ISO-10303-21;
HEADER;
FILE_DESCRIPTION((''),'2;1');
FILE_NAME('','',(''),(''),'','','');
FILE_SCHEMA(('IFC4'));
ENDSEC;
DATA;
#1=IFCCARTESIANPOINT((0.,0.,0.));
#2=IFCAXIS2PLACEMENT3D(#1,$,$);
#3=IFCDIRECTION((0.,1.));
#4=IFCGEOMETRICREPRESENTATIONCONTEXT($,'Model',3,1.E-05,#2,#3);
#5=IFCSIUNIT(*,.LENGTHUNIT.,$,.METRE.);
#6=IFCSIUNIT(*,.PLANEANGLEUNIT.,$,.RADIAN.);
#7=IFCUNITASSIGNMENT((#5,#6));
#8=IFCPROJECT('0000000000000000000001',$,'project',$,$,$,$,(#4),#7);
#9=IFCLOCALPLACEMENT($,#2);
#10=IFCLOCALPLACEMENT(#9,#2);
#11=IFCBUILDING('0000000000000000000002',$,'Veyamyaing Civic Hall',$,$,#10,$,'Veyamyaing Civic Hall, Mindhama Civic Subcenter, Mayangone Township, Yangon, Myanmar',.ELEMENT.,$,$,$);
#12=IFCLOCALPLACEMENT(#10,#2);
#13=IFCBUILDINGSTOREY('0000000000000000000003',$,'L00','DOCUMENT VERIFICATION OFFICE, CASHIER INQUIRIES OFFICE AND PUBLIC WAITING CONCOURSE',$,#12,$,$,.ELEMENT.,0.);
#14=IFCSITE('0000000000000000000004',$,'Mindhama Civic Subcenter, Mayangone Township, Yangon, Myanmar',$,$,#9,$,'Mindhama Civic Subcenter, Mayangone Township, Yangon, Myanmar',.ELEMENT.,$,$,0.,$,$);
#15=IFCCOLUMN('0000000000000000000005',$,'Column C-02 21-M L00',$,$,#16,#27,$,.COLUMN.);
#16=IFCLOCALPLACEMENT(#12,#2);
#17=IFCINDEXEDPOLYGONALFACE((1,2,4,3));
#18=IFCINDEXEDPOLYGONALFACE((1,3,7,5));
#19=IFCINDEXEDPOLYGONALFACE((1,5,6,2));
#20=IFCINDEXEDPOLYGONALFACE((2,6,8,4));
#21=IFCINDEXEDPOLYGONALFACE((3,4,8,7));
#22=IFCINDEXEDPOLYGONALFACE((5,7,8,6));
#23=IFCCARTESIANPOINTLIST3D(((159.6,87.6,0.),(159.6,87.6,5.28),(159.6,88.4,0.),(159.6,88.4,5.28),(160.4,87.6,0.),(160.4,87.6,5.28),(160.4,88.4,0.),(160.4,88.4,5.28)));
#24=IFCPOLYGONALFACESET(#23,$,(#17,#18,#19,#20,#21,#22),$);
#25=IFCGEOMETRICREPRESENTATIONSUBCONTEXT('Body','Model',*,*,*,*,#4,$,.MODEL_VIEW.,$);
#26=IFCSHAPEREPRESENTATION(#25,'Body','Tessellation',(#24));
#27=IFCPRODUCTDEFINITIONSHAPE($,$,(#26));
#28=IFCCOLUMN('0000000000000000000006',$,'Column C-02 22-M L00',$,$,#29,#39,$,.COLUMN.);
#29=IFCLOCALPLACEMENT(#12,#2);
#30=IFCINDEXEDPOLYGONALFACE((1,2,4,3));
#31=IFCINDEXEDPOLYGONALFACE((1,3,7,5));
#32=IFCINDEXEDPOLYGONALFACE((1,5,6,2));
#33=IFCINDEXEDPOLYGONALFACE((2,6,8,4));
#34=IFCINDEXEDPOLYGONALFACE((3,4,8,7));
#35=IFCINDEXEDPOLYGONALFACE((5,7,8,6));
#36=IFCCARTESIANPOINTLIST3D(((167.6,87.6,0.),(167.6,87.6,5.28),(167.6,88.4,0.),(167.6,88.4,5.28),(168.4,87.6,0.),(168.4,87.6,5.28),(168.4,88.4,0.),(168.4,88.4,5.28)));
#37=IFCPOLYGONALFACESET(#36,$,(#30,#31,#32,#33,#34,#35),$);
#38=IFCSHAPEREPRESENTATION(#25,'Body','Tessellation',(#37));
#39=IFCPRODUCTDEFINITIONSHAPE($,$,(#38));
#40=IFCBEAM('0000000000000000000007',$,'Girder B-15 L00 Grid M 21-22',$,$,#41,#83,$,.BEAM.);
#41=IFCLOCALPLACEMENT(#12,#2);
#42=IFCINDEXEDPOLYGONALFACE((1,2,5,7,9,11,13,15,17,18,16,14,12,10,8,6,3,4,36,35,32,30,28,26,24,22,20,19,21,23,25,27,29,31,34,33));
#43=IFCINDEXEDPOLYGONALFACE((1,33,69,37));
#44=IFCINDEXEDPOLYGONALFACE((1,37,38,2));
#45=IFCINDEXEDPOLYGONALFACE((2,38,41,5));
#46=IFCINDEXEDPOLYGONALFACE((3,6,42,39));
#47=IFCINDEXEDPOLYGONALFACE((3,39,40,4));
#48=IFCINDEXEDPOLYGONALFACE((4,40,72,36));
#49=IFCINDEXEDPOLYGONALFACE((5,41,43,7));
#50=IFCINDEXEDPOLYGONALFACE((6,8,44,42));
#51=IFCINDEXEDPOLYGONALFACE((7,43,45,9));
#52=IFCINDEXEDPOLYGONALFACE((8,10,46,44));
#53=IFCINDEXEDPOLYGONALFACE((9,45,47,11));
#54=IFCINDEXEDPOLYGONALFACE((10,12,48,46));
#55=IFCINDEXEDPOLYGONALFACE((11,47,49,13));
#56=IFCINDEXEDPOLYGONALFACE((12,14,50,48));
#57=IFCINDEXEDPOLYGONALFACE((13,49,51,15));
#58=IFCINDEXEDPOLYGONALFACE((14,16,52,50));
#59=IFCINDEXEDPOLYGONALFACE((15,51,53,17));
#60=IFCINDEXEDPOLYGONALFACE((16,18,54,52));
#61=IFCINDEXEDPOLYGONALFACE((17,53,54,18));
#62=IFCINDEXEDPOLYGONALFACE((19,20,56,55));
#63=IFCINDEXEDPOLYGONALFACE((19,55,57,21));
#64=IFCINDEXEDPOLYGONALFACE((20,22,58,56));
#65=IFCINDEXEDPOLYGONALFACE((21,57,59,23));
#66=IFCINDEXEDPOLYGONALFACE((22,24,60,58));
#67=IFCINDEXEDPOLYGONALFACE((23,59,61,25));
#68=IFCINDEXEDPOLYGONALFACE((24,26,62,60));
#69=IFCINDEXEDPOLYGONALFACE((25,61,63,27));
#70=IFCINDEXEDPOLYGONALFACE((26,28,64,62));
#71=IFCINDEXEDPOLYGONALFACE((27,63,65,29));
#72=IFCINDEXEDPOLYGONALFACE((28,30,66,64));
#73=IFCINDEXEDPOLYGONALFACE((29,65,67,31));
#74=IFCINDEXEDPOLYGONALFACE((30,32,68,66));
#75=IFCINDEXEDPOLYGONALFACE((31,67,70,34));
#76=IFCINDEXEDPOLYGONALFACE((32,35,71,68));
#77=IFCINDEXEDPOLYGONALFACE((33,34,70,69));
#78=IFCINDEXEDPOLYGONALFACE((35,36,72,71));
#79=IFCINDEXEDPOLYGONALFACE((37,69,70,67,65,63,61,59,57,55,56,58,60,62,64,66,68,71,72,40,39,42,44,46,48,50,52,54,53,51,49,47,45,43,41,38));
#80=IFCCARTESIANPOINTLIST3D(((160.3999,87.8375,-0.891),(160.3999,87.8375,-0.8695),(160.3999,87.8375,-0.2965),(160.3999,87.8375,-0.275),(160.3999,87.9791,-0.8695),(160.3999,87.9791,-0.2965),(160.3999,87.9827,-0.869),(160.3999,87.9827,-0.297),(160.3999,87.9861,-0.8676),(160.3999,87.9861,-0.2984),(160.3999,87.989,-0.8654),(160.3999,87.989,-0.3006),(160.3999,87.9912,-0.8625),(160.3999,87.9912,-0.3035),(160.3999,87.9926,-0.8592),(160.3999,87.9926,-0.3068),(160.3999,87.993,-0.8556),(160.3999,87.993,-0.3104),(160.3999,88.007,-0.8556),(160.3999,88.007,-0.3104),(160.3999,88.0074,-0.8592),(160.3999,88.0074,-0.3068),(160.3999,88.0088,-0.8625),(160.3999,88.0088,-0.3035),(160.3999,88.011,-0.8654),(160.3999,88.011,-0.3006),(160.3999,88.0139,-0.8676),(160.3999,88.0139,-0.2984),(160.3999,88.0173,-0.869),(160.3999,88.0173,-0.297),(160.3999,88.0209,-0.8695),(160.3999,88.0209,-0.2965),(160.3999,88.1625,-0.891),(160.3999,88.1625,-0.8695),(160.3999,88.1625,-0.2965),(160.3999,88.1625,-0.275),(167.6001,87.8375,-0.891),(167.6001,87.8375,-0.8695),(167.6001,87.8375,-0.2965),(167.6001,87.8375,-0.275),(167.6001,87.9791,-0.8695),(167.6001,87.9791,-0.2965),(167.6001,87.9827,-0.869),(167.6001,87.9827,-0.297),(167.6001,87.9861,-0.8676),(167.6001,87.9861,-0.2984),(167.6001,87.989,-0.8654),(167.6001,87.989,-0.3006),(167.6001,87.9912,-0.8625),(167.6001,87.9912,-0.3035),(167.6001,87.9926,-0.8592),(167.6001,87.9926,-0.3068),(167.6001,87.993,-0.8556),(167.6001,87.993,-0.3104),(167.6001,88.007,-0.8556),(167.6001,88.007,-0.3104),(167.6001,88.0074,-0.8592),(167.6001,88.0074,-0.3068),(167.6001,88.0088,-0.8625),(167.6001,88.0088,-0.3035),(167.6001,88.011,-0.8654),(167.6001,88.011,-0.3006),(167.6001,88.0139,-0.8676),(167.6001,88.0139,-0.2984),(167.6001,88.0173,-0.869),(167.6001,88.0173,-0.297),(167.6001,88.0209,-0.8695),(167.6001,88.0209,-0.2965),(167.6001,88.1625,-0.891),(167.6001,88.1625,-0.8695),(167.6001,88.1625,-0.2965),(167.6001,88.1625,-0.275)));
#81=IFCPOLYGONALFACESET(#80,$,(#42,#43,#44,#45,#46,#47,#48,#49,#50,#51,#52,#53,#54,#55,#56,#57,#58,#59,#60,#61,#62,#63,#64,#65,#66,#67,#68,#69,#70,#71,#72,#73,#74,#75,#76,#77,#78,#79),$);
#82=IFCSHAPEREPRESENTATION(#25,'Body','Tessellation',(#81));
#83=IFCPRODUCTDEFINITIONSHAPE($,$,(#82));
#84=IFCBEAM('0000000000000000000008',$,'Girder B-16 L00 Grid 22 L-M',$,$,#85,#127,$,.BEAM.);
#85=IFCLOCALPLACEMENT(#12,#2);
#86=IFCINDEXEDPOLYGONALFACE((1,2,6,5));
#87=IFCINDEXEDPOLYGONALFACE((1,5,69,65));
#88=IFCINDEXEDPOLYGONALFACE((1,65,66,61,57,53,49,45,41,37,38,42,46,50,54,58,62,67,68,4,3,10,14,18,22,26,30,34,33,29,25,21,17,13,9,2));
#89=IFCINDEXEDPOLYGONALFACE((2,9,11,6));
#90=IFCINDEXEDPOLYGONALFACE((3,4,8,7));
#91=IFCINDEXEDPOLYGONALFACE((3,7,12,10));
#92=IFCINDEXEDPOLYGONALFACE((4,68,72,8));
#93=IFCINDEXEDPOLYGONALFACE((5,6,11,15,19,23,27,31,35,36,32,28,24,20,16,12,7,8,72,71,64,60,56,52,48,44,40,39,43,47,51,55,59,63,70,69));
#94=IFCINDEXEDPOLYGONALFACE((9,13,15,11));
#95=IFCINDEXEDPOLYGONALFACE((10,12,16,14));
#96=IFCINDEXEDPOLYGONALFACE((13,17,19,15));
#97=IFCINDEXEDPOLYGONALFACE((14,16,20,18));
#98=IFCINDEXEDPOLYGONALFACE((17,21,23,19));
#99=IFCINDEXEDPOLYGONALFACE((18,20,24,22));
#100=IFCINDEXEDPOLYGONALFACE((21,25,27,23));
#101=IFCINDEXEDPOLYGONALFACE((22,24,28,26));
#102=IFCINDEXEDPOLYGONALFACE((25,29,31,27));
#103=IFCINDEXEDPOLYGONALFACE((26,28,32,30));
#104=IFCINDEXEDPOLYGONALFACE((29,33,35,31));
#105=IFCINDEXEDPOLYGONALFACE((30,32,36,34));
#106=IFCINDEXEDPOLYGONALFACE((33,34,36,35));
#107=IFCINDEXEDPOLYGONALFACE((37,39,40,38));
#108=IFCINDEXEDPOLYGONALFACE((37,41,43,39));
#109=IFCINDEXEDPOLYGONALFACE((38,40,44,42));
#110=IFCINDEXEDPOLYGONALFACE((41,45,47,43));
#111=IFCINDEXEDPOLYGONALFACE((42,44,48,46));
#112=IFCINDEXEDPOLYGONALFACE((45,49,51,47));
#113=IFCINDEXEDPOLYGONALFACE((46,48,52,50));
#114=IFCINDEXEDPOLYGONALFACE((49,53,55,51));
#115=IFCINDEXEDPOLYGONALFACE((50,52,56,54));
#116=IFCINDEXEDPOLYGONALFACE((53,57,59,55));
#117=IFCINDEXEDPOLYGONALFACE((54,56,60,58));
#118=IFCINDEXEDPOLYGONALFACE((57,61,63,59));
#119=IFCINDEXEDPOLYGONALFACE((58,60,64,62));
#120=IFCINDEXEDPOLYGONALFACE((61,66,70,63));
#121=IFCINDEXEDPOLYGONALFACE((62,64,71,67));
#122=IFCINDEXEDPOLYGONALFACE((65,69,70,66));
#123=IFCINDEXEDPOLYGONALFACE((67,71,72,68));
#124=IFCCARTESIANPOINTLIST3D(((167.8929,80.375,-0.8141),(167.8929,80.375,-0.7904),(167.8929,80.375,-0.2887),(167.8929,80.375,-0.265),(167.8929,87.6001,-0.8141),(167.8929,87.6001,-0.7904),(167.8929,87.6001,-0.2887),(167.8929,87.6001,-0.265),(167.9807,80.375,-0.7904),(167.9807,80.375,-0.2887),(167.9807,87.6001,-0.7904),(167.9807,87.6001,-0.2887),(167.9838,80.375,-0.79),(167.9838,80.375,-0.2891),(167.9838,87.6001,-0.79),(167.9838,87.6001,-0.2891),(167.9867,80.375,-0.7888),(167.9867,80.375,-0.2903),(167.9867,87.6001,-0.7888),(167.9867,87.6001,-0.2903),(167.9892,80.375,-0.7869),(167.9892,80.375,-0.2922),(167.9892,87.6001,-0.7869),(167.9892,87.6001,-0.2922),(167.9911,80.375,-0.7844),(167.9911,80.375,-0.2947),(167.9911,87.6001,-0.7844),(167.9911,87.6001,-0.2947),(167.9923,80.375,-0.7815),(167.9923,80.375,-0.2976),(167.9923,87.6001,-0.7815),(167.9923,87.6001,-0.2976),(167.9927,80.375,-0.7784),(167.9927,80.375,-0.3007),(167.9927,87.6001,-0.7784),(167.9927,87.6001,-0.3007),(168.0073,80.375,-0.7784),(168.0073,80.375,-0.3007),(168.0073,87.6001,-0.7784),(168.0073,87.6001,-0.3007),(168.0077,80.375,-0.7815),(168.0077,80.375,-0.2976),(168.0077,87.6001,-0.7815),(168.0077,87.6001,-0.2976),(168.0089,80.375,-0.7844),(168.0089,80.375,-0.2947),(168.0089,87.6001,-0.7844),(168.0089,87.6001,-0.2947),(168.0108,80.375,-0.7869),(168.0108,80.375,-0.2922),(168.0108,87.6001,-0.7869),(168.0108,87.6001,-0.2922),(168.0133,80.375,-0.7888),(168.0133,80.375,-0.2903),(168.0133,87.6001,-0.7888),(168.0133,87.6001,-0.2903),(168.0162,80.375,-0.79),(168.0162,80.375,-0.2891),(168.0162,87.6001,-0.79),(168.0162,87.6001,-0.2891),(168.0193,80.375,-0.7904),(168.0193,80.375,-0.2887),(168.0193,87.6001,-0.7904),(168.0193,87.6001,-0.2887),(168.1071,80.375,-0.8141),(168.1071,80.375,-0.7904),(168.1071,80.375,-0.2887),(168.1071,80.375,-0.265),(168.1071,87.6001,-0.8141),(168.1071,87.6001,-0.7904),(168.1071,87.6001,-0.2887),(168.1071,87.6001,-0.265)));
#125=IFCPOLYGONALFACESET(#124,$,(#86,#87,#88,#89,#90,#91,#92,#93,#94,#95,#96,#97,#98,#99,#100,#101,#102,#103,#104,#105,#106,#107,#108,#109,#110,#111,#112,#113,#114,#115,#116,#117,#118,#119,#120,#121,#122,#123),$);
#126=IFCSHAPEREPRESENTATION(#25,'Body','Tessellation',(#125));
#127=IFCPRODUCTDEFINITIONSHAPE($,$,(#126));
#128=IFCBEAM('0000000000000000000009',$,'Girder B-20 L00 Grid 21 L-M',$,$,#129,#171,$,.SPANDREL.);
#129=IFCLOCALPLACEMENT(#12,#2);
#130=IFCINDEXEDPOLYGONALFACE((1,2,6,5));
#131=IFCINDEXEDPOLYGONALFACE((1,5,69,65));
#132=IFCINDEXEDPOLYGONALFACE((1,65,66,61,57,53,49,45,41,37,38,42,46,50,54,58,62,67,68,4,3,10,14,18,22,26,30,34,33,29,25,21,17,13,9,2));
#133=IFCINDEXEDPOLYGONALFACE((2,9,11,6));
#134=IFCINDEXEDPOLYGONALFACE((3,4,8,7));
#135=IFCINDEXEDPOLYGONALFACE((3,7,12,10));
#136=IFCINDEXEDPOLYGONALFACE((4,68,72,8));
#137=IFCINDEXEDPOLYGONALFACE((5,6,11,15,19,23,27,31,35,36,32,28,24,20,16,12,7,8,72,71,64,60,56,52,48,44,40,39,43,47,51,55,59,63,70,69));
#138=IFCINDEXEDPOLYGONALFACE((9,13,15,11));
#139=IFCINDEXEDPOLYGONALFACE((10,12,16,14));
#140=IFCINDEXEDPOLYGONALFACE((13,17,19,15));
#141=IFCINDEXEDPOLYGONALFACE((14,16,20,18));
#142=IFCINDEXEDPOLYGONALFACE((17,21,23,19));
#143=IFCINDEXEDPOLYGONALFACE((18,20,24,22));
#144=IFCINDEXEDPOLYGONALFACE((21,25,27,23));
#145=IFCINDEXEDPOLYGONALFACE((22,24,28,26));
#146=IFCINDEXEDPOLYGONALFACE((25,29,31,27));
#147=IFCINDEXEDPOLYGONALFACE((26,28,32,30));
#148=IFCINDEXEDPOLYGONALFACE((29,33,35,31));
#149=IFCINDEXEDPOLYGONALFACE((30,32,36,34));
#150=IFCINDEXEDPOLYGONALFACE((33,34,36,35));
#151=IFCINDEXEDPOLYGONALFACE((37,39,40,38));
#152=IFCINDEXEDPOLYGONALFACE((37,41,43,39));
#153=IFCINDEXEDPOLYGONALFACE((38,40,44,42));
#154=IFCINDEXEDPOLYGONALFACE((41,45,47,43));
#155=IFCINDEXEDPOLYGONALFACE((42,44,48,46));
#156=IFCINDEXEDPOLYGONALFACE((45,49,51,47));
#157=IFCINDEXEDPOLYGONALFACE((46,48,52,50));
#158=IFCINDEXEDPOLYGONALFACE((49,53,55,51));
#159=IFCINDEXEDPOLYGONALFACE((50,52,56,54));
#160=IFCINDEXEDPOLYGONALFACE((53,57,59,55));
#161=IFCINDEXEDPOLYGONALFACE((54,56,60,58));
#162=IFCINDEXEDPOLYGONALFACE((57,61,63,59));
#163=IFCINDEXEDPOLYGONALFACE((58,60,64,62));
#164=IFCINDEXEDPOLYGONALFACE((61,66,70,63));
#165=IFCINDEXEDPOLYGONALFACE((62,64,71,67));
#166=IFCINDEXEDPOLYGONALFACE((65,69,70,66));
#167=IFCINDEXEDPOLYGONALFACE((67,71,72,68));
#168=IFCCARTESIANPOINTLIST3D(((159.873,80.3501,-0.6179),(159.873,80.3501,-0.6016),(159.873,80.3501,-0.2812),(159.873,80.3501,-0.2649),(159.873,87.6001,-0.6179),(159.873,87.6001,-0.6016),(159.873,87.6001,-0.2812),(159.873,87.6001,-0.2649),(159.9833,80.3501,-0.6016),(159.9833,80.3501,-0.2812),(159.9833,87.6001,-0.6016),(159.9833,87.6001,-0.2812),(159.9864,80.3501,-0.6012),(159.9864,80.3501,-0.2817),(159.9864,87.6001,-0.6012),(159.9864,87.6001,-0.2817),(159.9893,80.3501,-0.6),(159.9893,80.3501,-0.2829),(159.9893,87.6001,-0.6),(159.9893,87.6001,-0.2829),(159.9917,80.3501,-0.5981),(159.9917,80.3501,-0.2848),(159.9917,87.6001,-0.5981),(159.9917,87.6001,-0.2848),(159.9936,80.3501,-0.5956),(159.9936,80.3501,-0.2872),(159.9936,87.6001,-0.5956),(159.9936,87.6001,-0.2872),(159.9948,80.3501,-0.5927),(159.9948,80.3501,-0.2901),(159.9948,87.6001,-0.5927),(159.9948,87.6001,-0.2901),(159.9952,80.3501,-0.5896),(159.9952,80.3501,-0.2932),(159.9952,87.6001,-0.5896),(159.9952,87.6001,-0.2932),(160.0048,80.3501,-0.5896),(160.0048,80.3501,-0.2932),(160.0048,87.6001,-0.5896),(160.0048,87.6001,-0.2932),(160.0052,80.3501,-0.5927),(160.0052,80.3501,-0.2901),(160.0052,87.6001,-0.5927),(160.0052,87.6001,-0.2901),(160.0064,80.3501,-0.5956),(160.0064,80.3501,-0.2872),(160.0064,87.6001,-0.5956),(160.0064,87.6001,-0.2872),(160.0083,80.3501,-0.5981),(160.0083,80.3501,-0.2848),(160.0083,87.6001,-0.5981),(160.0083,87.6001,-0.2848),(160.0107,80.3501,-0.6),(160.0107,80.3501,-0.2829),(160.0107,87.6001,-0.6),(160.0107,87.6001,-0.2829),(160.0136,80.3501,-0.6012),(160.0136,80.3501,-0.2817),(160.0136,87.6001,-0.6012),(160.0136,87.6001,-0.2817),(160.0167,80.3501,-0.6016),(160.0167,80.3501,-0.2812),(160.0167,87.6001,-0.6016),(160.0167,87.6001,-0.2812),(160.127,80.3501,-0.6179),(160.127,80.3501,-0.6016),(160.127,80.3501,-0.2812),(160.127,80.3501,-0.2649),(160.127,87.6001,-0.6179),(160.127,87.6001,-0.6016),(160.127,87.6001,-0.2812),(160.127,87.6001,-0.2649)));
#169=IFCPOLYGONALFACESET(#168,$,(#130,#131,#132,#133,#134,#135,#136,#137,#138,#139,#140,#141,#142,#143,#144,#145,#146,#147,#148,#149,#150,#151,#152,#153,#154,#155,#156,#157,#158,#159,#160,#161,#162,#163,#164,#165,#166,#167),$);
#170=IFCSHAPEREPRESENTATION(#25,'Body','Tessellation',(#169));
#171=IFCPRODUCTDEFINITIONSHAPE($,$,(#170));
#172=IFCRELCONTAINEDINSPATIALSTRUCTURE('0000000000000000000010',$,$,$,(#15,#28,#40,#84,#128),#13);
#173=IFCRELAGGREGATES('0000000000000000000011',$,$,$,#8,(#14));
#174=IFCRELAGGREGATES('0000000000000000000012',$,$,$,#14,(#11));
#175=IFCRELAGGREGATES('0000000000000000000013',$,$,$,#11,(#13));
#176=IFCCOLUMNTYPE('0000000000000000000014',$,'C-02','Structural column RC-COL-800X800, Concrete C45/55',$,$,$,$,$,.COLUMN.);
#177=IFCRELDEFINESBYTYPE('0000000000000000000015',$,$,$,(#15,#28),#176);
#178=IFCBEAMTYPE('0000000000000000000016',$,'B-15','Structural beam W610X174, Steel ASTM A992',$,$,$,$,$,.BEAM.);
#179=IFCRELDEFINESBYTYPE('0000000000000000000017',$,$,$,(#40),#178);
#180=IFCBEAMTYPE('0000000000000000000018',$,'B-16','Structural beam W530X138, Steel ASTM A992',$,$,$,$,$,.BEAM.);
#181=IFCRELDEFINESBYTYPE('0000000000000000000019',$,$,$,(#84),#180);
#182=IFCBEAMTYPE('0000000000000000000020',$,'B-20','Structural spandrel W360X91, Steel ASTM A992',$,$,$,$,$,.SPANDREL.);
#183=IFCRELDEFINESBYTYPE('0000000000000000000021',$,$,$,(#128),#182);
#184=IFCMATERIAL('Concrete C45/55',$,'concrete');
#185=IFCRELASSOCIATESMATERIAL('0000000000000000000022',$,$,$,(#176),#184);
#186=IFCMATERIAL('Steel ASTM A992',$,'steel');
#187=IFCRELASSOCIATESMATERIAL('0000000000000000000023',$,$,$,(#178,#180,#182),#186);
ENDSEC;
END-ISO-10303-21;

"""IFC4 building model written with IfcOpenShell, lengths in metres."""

from ifc_helpers import new_model, si_unit, direction, frame, origin, origin_2d, place, context, subcontext, project, spatial, rectangle, i_section, extrude, material, material_profile, profile_set, type_object, element, save


model = new_model("IFC4")

# Units and contexts
model_context = context("Model", 3, precision=1e-05, world=origin(), true_north=direction((0.0, 1.0)))
body_context = subcontext(model_context, "Body", "Model", "MODEL_VIEW")
ifc_project = project(units=[si_unit("LENGTHUNIT", "METRE"), si_unit("PLANEANGLEUNIT", "RADIAN")], contexts=[model_context])

# Site, building, storey
site_placement = place(None, origin())
site = spatial("IfcSite", under=ifc_project, at=site_placement, Name="Mindhama Civic Subcenter, Mayangone Township, Yangon, Myanmar", LongName="Mindhama Civic Subcenter, Mayangone Township, Yangon, Myanmar", CompositionType="ELEMENT", RefElevation=0.0)
building_placement = place(site_placement, origin())
building = spatial("IfcBuilding", under=site, at=building_placement, Name="Veyamyaing Civic Hall", LongName="Veyamyaing Civic Hall, Mindhama Civic Subcenter, Mayangone Township, Yangon, Myanmar", CompositionType="ELEMENT")
storey_placement = place(building_placement, origin())
storey = spatial("IfcBuildingStorey", under=building, at=storey_placement, Name="L00", Description="DOCUMENT VERIFICATION OFFICE, CASHIER INQUIRIES OFFICE AND PUBLIC WAITING CONCOURSE", CompositionType="ELEMENT", Elevation=0.0)

# Columns
ifc_material_1 = material(Name="Concrete C45/55", Category="concrete")
ifc_material_profile_1 = material_profile(ifc_material_1, rectangle(XDim=0.8, YDim=0.8, at=origin_2d()), Name="RC-COL-800X800")
ifc_profile_set_1 = profile_set([ifc_material_profile_1], Name="Concrete C45/55")
column_type = type_object("IfcColumnType", Name="C-02", Description="Structural column RC-COL-800X800, Concrete C45/55", PredefinedType="COLUMN", material=ifc_profile_set_1)
for number, where, z_axis, x_axis, name in (
    (1, (160.0, 88.0, 0.0), (0.0, 0.0, 1.0), (1.0, 0.0, 0.0), "Column C-02 21-M L00"),
    (2, (168.0, 88.0, 0.0), (0.0, 0.0, 1.0), (1.0, 0.0, 0.0), "Column C-02 22-M L00"),
):
    element("IfcColumn", number, at=place(storey_placement, frame(where, z_axis=z_axis, x_axis=x_axis)), inside=storey, type_object=column_type, Name=name, PredefinedType="COLUMN", context=body_context, shape_type="SweptSolid", body=[
        extrude(rectangle(XDim=0.8, YDim=0.8, at=origin_2d()), origin(), (0.0, 0.0, 1.0), 5.28),
    ])

# Beams
ifc_material_2 = material(Name="Steel ASTM A992", Category="steel")
ifc_material_profile_2 = material_profile(ifc_material_2, i_section(OverallWidth=0.325, OverallDepth=0.616, WebThickness=0.0139, FlangeThickness=0.0215, FilletRadius=0.0139, at=origin_2d()), Name="W610X174")
ifc_profile_set_2 = profile_set([ifc_material_profile_2], Name="Steel ASTM A992")
beam_type_1 = type_object("IfcBeamType", Name="B-15", Description="Structural beam W610X174, Steel ASTM A992", PredefinedType="BEAM", material=ifc_profile_set_2)
beam_1_placement = place(storey_placement, frame((160.3999, 88.0, -0.583), z_axis=(1.0, 0.0, 0.0), x_axis=(0.0, 1.0, 0.0)))
element("IfcBeam", 3, at=beam_1_placement, inside=storey, type_object=beam_type_1, Name="Girder B-15 L00 Grid M 21-22", PredefinedType="BEAM", context=body_context, shape_type="SweptSolid", body=[
    extrude(i_section(OverallWidth=0.325, OverallDepth=0.616, WebThickness=0.0139, FlangeThickness=0.0215, FilletRadius=0.0139, at=origin_2d()), origin(), (0.0, 0.0, 1.0), 7.2002),
])
ifc_material_profile_3 = material_profile(ifc_material_2, i_section(OverallWidth=0.2141, OverallDepth=0.5491, WebThickness=0.0146, FlangeThickness=0.0237, FilletRadius=0.012, at=origin_2d()), Name="W530X138")
ifc_profile_set_3 = profile_set([ifc_material_profile_3], Name="Steel ASTM A992")
beam_type_2 = type_object("IfcBeamType", Name="B-16", Description="Structural beam W530X138, Steel ASTM A992", PredefinedType="BEAM", material=ifc_profile_set_3)
beam_2_placement = place(storey_placement, frame((168.0, 80.375, -0.5396), z_axis=(0.0, 1.0, 0.0), x_axis=(-1.0, 0.0, 0.0)))
element("IfcBeam", 4, at=beam_2_placement, inside=storey, type_object=beam_type_2, Name="Girder B-16 L00 Grid 22 L-M", PredefinedType="BEAM", context=body_context, shape_type="SweptSolid", body=[
    extrude(i_section(OverallWidth=0.2141, OverallDepth=0.5491, WebThickness=0.0146, FlangeThickness=0.0237, FilletRadius=0.012, at=origin_2d()), origin(), (0.0, 0.0, 1.0), 7.2251),
])
ifc_material_profile_4 = material_profile(ifc_material_2, i_section(OverallWidth=0.2539, OverallDepth=0.353, WebThickness=0.0095, FlangeThickness=0.0164, FilletRadius=0.012, at=origin_2d()), Name="W360X91")
ifc_profile_set_4 = profile_set([ifc_material_profile_4], Name="Steel ASTM A992")
beam_type_3 = type_object("IfcBeamType", Name="B-20", Description="Structural spandrel W360X91, Steel ASTM A992", PredefinedType="SPANDREL", material=ifc_profile_set_4)
beam_3_placement = place(storey_placement, frame((160.0, 80.3501, -0.4414), z_axis=(0.0, 1.0, 0.0), x_axis=(-1.0, 0.0, 0.0)))
element("IfcBeam", 5, at=beam_3_placement, inside=storey, type_object=beam_type_3, Name="Girder B-20 L00 Grid 21 L-M", PredefinedType="SPANDREL", context=body_context, shape_type="SweptSolid", body=[
    extrude(i_section(OverallWidth=0.2539, OverallDepth=0.353, WebThickness=0.0095, FlangeThickness=0.0164, FilletRadius=0.012, at=origin_2d()), origin(), (0.0, 0.0, 1.0), 7.25),
])

save(model, "model.ifc")
